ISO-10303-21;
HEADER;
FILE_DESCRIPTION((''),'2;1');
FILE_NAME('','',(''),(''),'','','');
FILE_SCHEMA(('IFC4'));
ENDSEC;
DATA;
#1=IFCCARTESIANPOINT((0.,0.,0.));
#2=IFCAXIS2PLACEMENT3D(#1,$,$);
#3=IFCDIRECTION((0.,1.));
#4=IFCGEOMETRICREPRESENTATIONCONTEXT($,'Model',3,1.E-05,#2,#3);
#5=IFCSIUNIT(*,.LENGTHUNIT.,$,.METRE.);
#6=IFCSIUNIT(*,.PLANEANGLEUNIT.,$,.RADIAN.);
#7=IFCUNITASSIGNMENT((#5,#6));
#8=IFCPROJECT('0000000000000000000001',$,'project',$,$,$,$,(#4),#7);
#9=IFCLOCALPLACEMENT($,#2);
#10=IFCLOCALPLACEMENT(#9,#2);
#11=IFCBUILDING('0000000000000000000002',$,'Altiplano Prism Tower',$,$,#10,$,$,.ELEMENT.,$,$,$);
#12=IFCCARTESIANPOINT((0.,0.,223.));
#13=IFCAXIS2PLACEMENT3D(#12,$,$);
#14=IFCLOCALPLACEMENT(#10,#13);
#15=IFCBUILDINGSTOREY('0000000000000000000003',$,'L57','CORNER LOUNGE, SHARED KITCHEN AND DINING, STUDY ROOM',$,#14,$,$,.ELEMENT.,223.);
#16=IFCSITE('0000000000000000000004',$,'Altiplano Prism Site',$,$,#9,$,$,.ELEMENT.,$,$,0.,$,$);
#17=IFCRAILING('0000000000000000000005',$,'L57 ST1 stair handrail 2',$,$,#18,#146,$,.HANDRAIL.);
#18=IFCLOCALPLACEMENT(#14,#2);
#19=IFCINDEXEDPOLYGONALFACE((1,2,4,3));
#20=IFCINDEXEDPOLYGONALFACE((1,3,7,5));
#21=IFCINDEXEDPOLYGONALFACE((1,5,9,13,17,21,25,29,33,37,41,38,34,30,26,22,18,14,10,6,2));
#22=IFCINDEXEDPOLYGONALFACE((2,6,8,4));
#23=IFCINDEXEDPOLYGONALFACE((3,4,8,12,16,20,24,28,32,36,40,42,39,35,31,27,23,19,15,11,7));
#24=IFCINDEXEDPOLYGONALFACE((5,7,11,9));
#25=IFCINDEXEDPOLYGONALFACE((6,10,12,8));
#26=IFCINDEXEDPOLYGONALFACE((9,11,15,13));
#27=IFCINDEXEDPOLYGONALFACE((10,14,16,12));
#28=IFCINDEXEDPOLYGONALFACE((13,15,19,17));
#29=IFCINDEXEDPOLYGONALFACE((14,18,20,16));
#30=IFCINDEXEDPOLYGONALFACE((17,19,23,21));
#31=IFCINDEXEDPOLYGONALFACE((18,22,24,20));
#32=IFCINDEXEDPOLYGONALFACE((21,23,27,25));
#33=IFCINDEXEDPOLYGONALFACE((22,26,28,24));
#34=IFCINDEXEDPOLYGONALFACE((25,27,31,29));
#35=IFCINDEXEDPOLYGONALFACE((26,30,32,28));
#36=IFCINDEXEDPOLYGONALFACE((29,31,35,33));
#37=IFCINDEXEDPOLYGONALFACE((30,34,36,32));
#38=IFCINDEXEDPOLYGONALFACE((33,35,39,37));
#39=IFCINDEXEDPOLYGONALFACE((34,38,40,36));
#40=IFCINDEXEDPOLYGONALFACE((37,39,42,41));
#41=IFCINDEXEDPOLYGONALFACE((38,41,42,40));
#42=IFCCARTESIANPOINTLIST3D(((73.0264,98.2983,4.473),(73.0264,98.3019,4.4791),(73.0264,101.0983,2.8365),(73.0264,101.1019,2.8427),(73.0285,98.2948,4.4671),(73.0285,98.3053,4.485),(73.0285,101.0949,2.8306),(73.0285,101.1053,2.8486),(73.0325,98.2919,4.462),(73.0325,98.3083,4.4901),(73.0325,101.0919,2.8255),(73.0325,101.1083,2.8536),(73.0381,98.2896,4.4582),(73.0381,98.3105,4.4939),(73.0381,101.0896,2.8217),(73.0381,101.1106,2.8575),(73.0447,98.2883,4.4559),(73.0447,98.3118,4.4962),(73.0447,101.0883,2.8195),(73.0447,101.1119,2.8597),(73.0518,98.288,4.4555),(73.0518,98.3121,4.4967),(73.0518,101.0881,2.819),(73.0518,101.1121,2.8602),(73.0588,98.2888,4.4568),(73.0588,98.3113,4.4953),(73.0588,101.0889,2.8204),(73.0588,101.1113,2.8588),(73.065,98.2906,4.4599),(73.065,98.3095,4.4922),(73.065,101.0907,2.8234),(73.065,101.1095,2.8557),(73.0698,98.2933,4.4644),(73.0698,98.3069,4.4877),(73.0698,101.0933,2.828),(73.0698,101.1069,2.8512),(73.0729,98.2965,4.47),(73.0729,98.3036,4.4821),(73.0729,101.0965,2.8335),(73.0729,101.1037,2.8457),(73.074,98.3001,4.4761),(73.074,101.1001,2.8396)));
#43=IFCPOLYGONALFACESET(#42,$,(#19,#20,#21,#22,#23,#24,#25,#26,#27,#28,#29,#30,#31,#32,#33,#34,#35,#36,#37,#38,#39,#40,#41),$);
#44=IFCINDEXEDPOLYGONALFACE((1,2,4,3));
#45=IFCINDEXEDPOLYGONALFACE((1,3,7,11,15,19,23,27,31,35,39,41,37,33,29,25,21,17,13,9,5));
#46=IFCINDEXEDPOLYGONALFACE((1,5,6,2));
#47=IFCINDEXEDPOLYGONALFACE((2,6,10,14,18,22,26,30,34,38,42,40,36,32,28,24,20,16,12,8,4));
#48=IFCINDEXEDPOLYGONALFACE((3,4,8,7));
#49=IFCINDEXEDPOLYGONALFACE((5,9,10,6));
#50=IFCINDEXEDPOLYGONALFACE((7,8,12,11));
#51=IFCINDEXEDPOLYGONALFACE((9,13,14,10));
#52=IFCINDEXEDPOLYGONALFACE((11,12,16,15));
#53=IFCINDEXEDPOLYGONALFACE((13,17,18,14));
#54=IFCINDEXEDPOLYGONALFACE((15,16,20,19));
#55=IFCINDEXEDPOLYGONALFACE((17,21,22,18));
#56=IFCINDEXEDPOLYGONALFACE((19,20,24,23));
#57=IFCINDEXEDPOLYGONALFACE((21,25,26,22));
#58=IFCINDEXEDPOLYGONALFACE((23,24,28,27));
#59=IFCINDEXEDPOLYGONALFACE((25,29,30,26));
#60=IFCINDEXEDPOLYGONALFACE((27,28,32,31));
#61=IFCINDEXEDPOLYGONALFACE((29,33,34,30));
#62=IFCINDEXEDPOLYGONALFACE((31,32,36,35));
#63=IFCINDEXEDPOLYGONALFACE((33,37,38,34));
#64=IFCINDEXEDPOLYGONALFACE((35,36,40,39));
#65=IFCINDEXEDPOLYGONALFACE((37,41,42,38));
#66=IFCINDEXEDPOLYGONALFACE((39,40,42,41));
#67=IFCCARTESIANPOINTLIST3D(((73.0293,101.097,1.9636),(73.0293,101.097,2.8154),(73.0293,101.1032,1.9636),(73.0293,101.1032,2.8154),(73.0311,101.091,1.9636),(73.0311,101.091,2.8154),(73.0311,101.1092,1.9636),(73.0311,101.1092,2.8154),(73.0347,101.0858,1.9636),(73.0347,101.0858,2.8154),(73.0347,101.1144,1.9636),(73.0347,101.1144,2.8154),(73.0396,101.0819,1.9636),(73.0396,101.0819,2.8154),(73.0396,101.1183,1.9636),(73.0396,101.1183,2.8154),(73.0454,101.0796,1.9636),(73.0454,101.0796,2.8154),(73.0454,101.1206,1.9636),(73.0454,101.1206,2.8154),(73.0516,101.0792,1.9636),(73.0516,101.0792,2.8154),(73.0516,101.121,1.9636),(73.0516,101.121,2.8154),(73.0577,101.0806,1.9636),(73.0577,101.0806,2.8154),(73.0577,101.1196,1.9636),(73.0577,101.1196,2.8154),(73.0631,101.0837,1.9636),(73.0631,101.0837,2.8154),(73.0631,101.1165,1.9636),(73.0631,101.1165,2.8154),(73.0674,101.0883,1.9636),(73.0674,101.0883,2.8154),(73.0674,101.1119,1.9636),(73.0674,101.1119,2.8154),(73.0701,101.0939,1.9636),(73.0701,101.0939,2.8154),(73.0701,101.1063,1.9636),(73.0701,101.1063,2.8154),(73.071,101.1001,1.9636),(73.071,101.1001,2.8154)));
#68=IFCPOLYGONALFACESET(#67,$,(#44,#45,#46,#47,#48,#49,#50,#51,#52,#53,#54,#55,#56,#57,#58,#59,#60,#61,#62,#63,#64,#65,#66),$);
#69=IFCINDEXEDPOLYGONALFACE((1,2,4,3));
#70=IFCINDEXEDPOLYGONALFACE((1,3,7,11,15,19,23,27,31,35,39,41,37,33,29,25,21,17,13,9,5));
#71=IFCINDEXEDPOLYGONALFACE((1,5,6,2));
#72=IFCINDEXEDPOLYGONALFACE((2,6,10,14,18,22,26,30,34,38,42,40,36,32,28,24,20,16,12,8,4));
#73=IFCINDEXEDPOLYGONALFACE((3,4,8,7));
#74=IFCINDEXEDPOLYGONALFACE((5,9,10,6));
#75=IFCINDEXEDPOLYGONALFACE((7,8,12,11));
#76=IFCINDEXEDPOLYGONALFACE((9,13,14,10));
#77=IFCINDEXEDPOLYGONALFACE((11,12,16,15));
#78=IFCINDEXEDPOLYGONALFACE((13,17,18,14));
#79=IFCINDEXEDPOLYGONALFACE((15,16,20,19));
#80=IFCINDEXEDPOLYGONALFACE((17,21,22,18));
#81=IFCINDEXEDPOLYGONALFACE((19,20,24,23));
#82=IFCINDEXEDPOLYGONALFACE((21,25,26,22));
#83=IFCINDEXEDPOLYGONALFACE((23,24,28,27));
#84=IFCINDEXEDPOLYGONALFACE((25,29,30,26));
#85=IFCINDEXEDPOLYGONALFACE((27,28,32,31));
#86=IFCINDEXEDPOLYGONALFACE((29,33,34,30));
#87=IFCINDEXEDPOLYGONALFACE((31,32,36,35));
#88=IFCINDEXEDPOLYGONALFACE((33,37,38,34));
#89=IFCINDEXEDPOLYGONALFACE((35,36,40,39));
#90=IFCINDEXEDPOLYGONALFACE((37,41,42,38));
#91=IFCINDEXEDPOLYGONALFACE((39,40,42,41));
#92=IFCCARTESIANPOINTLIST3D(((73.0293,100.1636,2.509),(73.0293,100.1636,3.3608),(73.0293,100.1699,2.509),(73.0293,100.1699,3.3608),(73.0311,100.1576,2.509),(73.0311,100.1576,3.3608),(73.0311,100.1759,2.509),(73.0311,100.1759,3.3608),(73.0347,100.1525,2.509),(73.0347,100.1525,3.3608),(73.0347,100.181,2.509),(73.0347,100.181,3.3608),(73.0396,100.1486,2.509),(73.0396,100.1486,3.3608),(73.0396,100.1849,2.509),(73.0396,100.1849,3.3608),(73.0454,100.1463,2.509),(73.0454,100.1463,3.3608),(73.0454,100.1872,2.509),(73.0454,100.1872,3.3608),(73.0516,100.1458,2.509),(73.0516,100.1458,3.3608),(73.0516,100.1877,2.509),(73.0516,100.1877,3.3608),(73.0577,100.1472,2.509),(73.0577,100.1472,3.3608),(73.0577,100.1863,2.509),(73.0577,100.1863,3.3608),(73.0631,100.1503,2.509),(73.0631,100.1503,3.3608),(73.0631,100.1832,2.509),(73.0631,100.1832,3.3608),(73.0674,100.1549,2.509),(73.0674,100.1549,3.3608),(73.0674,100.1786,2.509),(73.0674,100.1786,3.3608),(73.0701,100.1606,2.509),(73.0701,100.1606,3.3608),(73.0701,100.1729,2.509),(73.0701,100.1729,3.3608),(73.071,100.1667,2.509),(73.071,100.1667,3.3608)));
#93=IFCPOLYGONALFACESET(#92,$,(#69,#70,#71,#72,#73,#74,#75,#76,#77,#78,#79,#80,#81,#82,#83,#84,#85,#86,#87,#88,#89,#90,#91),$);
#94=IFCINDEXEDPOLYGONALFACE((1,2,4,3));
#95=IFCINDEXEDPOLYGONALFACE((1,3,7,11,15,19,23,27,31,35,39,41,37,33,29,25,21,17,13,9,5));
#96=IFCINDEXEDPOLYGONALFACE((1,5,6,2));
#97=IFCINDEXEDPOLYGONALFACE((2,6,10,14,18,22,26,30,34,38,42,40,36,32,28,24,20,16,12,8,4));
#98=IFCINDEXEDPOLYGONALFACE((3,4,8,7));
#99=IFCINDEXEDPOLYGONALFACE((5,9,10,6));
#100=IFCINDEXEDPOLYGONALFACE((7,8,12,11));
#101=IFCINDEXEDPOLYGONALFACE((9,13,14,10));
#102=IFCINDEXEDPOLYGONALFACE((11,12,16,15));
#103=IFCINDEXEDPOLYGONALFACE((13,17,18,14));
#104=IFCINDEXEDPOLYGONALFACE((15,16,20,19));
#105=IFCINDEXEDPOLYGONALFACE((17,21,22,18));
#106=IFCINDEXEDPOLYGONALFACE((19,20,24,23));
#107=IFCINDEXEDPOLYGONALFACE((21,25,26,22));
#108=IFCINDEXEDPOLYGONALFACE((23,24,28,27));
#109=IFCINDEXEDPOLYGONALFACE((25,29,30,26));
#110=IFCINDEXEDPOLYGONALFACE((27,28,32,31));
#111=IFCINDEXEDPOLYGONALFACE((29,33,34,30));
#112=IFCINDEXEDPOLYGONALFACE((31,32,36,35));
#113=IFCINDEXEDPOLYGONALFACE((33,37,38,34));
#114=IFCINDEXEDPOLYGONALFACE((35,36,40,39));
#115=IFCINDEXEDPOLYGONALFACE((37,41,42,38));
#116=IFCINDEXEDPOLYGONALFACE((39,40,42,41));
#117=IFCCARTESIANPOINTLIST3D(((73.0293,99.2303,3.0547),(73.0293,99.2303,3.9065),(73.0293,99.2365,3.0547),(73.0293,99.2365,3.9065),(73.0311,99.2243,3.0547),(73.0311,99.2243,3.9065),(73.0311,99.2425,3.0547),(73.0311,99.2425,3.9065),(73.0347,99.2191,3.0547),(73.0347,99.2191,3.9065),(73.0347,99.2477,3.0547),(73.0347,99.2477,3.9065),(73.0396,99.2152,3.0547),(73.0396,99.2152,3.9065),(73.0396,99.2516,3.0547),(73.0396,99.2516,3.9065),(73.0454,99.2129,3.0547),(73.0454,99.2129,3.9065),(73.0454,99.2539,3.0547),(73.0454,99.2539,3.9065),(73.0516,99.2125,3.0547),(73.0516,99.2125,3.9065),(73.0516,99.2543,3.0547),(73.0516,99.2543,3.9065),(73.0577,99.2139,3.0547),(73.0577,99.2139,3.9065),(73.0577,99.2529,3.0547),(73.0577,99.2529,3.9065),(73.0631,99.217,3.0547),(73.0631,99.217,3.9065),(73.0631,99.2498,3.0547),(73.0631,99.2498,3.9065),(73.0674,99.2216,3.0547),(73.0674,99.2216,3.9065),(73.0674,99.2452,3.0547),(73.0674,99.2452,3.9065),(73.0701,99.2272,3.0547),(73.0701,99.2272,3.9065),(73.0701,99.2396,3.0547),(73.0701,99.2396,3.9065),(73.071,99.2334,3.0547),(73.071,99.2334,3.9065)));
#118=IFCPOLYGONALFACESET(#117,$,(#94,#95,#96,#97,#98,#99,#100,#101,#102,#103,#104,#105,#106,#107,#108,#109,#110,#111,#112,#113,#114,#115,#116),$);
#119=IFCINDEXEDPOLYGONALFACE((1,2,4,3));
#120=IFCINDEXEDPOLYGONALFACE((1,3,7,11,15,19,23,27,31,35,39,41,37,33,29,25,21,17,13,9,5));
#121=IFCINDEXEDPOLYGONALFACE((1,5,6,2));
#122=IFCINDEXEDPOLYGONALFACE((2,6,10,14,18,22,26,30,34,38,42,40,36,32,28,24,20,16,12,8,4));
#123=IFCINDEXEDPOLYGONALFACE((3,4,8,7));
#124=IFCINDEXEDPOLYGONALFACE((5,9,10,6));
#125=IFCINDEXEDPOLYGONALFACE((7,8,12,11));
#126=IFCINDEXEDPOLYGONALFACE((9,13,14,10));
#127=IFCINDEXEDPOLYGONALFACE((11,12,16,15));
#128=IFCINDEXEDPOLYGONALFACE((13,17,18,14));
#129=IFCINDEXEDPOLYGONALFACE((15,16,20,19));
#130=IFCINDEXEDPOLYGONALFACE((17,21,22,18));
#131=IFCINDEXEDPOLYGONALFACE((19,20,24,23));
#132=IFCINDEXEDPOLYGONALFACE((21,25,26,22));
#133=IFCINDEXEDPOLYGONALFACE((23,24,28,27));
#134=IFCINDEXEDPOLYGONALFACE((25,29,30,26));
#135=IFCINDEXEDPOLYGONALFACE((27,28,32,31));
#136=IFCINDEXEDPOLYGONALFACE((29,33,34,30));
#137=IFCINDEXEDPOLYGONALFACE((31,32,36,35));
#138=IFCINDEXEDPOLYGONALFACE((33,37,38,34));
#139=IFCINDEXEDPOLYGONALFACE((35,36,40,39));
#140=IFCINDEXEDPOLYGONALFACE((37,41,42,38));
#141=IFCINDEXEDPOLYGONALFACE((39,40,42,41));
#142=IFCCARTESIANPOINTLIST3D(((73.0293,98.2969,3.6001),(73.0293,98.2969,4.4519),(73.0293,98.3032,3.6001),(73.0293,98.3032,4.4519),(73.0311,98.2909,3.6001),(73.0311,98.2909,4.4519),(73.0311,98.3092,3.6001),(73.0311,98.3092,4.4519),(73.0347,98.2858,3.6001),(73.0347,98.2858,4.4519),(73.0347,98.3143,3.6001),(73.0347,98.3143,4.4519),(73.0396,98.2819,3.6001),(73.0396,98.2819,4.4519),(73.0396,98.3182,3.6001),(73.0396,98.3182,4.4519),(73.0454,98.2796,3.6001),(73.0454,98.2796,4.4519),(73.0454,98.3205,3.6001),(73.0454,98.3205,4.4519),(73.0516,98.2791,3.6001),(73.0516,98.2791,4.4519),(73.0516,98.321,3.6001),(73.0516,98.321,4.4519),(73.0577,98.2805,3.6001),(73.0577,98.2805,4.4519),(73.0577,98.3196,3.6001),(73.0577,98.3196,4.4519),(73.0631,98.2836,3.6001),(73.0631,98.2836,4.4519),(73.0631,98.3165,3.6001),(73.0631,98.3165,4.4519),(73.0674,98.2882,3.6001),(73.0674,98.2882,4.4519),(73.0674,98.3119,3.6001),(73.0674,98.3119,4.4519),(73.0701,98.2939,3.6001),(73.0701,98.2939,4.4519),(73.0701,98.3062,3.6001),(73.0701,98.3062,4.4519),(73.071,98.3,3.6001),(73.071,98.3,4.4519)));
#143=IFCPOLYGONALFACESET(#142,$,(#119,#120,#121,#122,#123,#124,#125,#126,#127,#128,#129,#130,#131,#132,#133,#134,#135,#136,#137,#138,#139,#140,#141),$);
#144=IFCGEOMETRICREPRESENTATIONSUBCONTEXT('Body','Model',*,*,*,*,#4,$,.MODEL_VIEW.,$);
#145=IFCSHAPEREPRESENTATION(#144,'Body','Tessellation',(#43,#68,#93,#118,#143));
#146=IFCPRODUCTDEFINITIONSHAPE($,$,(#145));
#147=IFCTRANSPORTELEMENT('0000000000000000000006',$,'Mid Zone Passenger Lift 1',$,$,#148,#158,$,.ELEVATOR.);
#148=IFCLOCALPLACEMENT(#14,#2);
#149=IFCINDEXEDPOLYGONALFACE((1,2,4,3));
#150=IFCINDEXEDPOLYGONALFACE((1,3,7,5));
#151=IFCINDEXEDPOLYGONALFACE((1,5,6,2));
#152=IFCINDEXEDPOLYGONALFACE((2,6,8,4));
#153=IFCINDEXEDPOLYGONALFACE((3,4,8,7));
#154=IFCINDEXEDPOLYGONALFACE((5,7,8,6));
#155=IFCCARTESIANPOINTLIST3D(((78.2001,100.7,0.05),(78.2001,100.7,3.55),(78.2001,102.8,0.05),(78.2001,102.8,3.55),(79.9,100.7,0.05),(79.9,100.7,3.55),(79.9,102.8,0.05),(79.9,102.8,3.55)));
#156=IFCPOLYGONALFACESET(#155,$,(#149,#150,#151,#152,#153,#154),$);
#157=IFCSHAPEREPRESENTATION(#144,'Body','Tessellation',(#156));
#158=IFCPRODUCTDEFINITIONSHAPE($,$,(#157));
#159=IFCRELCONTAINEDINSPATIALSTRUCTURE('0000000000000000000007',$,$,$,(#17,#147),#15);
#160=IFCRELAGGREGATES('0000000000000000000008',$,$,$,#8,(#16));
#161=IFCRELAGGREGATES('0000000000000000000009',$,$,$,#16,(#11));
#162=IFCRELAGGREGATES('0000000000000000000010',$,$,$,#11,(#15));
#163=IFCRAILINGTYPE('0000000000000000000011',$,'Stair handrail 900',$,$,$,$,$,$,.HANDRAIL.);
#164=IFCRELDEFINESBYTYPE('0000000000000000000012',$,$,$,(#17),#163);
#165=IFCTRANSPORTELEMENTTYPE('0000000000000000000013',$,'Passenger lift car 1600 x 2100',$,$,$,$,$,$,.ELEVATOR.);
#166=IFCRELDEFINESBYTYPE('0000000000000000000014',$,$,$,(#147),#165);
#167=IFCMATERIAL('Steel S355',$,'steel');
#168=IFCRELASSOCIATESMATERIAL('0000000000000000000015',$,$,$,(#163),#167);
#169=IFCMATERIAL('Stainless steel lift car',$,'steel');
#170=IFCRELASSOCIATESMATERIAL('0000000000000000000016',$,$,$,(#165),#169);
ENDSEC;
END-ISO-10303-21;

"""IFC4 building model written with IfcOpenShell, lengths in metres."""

from ifc_helpers import new_model, si_unit, direction, frame, origin, origin_2d, place, context, subcontext, project, spatial, rectangle, circle, extrude, material, type_object, element, save


model = new_model("IFC4")

# Units and contexts
model_context = context("Model", 3, precision=1e-05, world=origin(), true_north=direction((0.0, 1.0)))
body_context = subcontext(model_context, "Body", "Model", "MODEL_VIEW")
ifc_project = project(units=[si_unit("LENGTHUNIT", "METRE"), si_unit("PLANEANGLEUNIT", "RADIAN")], contexts=[model_context])

# Site, building, storey
site_placement = place(None, origin())
site = spatial("IfcSite", under=ifc_project, at=site_placement, Name="Altiplano Prism Site", CompositionType="ELEMENT", RefElevation=0.0)
building_placement = place(site_placement, origin())
building = spatial("IfcBuilding", under=site, at=building_placement, Name="Altiplano Prism Tower", CompositionType="ELEMENT")
storey_placement = place(building_placement, frame((0.0, 0.0, 223.0)))
storey = spatial("IfcBuildingStorey", under=building, at=storey_placement, Name="L57", Description="CORNER LOUNGE, SHARED KITCHEN AND DINING, STUDY ROOM", CompositionType="ELEMENT", Elevation=223.0)

# Railing
ifc_material_1 = material(Name="Steel S355", Category="steel")
railing_type_1 = type_object("IfcRailingType", Name="Stair handrail 900", PredefinedType="HANDRAIL", material=ifc_material_1)
railing_1_placement = place(storey_placement, frame((73.05, 101.1001, 1.9636)))
element("IfcRailing", 1, at=railing_1_placement, inside=storey, type_object=railing_type_1, Name="L57 ST1 stair handrail 2", PredefinedType="HANDRAIL", context=body_context, shape_type="SweptSolid", body=[
    extrude(circle(Radius=0.0239, at=origin_2d()), frame((0.0, 0.0, 0.876), z_axis=(0.0, -0.863361, 0.504587), x_axis=(1.0, 0.0, 0.0)), (0.0, 0.0, 1.0), 3.2432),
    extrude(circle(Radius=0.021, at=origin_2d()), origin(), (0.0, 0.0, 1.0), 0.8518),
    extrude(circle(Radius=0.021, at=origin_2d()), frame((0.0, -0.9333, 0.5454)), (0.0, 0.0, 1.0), 0.8518),
    extrude(circle(Radius=0.021, at=origin_2d()), frame((0.0, -1.8667, 1.0911)), (0.0, 0.0, 1.0), 0.8518),
    extrude(circle(Radius=0.021, at=origin_2d()), frame((0.0, -2.8, 1.6365)), (0.0, 0.0, 1.0), 0.8518),
])

# Transport element
ifc_material_2 = material(Name="Stainless steel lift car", Category="steel")
transport_element_type = type_object("IfcTransportElementType", Name="Passenger lift car 1600 x 2100", PredefinedType="ELEVATOR", material=ifc_material_2)
transport_element_placement = place(storey_placement, frame((79.05, 101.75, 0.05), z_axis=(0.0, 0.0, 1.0), x_axis=(1.0, 0.0, 0.0)))
element("IfcTransportElement", 2, at=transport_element_placement, inside=storey, type_object=transport_element_type, Name="Mid Zone Passenger Lift 1", PredefinedType="ELEVATOR", context=body_context, shape_type="SweptSolid", body=[
    extrude(rectangle(XDim=1.7, YDim=2.1001, at=origin_2d()), origin(), (0.0, 0.0, 1.0), 3.5),
])

save(model, "model.ifc")
